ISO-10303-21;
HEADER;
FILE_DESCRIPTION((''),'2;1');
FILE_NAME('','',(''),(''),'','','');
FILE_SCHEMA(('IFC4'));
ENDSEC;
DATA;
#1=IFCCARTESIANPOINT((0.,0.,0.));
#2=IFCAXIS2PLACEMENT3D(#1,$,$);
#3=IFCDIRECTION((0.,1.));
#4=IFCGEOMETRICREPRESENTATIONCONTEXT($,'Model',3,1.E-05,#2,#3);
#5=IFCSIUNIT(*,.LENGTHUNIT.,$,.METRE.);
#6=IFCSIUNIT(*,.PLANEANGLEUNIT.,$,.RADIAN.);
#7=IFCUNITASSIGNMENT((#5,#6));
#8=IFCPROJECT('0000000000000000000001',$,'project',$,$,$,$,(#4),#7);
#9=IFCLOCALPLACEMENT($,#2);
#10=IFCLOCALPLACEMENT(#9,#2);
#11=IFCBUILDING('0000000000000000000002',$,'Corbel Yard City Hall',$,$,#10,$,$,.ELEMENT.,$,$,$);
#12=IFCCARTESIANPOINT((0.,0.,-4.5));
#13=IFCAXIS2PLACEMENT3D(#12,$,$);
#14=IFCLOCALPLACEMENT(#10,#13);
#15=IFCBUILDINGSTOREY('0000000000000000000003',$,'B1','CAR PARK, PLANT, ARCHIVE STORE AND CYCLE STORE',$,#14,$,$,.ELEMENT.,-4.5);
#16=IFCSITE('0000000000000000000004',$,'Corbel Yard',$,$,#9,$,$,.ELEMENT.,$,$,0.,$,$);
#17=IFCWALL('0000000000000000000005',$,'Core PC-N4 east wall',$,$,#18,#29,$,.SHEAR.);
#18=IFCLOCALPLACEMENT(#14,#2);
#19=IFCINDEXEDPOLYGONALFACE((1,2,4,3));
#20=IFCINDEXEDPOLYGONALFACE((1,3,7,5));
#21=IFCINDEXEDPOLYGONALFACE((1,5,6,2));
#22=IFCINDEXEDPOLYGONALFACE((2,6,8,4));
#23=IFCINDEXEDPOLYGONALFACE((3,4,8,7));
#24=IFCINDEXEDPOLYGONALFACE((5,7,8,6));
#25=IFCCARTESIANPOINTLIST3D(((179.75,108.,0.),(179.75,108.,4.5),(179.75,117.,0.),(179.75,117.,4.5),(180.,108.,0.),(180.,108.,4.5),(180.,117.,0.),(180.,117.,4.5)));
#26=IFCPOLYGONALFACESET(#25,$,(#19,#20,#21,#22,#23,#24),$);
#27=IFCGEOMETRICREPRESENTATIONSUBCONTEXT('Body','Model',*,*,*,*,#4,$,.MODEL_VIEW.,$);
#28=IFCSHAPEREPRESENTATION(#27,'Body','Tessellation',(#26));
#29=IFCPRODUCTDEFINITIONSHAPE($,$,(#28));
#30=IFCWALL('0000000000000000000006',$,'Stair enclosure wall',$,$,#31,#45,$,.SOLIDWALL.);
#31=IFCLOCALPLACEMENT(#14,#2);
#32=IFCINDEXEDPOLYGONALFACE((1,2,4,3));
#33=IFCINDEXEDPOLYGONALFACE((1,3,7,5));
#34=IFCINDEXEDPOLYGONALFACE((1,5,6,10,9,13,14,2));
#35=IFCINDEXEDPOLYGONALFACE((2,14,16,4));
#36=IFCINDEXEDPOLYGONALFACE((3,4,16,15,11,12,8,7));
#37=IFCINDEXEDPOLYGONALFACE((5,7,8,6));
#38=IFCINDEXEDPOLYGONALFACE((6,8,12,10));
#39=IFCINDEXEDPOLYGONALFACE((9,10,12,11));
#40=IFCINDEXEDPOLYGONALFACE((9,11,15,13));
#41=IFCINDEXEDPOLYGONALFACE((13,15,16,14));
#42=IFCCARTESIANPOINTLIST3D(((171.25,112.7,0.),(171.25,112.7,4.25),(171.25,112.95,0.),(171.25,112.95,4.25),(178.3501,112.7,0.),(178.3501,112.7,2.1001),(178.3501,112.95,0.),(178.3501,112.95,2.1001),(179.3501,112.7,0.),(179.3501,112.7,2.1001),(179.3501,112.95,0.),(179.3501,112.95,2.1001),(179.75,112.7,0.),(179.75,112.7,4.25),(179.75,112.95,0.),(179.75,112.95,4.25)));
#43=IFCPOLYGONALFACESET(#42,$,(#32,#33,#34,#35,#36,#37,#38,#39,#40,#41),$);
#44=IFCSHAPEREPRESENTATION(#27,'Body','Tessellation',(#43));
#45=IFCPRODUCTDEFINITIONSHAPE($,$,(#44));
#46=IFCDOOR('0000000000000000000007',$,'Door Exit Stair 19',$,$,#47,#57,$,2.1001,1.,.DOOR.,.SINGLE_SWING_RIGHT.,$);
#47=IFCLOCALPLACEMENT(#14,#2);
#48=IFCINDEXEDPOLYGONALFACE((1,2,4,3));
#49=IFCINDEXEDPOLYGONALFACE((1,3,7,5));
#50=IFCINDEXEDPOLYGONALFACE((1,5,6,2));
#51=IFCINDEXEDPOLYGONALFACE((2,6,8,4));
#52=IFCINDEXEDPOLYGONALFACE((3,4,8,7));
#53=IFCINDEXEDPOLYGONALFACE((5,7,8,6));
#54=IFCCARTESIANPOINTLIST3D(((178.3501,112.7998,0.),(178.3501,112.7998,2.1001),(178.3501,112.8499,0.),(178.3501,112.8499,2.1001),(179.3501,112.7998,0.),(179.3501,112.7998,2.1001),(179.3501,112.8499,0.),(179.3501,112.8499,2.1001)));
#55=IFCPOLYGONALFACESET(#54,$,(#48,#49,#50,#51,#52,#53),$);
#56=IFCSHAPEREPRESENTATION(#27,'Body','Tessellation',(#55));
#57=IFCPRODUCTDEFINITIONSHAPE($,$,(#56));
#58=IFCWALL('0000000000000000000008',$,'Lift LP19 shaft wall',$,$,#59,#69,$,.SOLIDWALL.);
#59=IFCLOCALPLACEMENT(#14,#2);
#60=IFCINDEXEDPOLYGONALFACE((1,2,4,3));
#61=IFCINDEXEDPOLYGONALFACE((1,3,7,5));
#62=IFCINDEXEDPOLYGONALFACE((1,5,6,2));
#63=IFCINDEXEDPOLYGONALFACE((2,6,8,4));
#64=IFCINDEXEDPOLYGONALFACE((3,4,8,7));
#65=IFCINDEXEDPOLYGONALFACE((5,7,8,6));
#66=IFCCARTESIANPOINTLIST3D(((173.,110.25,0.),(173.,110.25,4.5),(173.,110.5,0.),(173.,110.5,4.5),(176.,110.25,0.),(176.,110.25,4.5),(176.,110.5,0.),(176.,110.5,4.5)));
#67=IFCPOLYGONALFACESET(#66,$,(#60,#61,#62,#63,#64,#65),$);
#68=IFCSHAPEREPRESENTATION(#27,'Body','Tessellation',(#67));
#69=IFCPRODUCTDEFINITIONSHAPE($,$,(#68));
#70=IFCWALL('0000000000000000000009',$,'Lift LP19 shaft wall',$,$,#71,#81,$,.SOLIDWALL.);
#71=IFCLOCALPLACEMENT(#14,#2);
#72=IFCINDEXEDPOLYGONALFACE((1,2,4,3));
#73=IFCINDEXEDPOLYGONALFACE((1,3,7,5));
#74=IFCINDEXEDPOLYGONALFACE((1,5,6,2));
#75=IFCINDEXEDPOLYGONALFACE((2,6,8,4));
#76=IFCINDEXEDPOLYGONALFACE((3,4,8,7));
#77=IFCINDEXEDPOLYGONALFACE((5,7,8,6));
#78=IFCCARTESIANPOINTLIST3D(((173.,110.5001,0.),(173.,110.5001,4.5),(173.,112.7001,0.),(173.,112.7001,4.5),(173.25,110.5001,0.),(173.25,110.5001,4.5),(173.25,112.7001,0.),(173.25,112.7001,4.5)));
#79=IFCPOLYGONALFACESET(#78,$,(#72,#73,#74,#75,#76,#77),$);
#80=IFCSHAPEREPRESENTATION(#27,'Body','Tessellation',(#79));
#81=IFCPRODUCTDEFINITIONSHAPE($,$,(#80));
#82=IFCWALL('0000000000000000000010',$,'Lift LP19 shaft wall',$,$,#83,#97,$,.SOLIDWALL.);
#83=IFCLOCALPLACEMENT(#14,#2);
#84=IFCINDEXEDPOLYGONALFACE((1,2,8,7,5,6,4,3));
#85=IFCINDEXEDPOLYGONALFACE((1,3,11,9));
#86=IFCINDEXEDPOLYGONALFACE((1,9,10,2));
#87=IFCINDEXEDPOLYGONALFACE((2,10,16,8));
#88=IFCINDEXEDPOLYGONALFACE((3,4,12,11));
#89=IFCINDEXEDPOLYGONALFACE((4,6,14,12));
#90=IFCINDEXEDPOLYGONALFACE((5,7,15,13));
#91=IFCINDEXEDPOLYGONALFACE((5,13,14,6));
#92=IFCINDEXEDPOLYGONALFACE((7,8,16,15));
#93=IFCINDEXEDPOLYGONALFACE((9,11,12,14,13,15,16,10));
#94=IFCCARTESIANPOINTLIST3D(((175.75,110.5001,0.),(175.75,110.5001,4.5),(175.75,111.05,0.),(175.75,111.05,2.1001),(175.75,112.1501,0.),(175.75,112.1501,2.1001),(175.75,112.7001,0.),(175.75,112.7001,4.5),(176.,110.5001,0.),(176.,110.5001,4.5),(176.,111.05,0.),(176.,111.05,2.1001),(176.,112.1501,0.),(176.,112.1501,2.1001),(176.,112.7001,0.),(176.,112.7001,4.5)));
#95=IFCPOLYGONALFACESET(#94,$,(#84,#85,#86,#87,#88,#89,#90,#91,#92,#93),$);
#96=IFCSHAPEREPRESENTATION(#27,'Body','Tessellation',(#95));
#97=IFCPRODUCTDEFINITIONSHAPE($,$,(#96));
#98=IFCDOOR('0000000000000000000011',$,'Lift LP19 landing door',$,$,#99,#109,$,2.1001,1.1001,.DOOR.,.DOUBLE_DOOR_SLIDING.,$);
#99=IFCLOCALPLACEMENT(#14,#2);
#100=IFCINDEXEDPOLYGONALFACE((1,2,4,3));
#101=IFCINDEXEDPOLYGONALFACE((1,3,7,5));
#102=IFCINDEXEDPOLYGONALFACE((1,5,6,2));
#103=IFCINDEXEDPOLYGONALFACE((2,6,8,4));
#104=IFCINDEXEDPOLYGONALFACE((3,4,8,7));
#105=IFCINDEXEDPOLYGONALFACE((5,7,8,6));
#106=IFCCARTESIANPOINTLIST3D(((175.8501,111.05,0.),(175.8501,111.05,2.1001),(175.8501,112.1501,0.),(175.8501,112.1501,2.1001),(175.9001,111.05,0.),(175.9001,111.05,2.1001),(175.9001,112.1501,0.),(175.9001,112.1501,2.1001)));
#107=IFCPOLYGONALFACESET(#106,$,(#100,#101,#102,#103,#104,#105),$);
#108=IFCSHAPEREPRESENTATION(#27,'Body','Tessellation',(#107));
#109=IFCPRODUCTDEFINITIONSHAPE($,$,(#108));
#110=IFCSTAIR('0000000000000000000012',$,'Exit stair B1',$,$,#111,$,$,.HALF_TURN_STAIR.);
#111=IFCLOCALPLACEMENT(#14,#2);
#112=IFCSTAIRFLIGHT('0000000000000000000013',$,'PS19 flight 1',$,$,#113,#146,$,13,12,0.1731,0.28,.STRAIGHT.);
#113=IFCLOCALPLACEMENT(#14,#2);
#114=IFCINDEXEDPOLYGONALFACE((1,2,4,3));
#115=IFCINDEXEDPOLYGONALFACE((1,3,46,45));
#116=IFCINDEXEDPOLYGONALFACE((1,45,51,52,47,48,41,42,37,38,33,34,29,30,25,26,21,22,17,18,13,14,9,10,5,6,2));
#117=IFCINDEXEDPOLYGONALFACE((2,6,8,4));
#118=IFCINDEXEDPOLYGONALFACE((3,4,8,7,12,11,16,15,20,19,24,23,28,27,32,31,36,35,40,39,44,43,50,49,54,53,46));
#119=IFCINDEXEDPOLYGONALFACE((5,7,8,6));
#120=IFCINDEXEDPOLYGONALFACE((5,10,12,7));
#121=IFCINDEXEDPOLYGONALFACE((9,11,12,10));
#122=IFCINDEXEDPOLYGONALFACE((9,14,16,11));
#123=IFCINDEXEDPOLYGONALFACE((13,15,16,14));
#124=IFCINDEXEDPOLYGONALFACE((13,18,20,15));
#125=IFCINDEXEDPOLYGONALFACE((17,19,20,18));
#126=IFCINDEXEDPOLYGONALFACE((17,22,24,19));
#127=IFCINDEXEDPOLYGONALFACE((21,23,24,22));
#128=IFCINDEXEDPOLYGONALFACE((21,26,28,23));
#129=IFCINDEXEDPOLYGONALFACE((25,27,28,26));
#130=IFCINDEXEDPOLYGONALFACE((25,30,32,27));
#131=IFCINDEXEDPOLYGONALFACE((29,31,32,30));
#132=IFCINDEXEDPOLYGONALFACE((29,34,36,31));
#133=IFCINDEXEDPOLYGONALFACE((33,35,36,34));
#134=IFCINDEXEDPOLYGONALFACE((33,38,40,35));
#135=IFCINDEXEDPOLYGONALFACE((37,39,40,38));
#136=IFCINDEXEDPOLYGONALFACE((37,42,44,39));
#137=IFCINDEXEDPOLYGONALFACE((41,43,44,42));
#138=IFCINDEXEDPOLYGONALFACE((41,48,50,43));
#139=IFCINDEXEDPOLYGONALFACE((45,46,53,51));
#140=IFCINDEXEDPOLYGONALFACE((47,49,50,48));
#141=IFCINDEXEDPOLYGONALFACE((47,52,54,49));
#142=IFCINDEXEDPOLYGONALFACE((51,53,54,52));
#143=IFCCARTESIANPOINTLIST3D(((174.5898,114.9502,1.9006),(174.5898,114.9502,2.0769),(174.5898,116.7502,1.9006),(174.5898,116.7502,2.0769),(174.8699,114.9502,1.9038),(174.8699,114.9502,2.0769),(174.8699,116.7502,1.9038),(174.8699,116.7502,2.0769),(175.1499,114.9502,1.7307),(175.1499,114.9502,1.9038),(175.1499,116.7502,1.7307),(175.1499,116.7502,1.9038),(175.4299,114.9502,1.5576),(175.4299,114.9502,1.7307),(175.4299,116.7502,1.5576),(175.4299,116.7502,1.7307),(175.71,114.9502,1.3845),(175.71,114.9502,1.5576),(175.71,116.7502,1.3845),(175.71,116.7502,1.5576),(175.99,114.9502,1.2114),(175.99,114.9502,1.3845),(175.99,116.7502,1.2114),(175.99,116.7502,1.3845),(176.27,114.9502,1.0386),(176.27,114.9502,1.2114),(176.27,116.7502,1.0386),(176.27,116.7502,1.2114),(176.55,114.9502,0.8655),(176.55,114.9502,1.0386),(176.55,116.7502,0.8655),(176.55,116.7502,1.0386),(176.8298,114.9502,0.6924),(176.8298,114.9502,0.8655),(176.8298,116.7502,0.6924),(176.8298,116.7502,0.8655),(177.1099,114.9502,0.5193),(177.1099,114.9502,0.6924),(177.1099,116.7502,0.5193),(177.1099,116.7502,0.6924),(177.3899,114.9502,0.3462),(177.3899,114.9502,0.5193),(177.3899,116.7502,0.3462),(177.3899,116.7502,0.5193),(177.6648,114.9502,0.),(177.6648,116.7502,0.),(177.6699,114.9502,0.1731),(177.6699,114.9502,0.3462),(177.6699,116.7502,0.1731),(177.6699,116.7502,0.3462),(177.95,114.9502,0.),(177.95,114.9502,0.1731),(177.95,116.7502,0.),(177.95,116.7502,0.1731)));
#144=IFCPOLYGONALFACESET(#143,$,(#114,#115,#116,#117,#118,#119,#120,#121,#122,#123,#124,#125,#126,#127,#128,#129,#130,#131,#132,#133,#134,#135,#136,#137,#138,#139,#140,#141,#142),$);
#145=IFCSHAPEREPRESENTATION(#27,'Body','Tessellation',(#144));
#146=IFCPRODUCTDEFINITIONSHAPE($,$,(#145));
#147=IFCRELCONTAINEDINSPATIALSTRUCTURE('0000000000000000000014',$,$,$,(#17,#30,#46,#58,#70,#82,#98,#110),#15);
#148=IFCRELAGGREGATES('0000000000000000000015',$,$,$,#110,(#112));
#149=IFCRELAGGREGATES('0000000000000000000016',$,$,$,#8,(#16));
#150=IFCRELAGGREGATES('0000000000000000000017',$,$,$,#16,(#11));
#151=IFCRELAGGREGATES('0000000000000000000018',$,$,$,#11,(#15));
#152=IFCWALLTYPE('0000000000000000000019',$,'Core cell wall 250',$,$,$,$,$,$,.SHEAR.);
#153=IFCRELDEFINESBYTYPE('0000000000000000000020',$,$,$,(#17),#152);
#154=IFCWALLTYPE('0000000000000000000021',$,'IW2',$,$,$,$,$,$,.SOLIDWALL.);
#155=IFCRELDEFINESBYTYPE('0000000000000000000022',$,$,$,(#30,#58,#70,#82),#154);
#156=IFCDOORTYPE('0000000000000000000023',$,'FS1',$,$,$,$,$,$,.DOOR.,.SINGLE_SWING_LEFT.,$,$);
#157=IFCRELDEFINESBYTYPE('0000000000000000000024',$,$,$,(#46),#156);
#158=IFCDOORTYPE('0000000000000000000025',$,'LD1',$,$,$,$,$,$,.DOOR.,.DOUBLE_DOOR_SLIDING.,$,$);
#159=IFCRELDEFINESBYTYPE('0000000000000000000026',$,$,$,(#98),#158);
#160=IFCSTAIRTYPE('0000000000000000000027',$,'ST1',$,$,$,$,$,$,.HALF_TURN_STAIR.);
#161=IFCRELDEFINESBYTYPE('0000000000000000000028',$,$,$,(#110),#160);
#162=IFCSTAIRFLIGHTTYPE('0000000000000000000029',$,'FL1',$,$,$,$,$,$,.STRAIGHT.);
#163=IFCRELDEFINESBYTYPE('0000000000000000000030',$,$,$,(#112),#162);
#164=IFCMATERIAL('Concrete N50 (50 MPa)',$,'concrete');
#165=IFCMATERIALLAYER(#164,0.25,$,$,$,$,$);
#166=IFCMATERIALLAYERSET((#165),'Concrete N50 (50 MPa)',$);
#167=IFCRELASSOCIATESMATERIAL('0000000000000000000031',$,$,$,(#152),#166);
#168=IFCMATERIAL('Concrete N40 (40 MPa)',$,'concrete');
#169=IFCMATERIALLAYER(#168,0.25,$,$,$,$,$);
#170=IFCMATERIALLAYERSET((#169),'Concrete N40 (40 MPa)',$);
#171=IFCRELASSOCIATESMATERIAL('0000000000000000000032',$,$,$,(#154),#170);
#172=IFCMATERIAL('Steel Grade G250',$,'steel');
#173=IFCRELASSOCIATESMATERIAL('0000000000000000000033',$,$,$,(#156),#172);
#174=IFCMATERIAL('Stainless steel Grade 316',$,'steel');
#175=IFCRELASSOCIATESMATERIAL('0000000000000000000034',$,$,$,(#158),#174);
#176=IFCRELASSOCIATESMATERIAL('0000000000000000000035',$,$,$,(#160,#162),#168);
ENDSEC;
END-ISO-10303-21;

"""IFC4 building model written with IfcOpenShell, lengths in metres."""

from ifc_helpers import new_model, si_unit, direction, frame, frame_2d, origin, place, context, subcontext, project, spatial, polyline, rectangle, outline, extrude, material, layer, layer_set, type_object, element, fill, aggregate, save


model = new_model("IFC4")

# Units and contexts
model_context = context("Model", 3, precision=1e-05, world=origin(), true_north=direction((0.0, 1.0)))
body_context = subcontext(model_context, "Body", "Model", "MODEL_VIEW")
ifc_project = project(units=[si_unit("LENGTHUNIT", "METRE"), si_unit("PLANEANGLEUNIT", "RADIAN")], contexts=[model_context])

# Site, building, storey
site_placement = place(None, origin())
site = spatial("IfcSite", under=ifc_project, at=site_placement, Name="Corbel Yard", CompositionType="ELEMENT", RefElevation=0.0)
building_placement = place(site_placement, origin())
building = spatial("IfcBuilding", under=site, at=building_placement, Name="Corbel Yard City Hall", CompositionType="ELEMENT")
storey_placement = place(building_placement, frame((0.0, 0.0, -4.5)))
storey = spatial("IfcBuildingStorey", under=building, at=storey_placement, Name="B1", Description="CAR PARK, PLANT, ARCHIVE STORE AND CYCLE STORE", CompositionType="ELEMENT", Elevation=-4.5)

# Shared definitions
ifc_material_1 = material(Name="Concrete N40 (40 MPa)", Category="concrete")

# Wall
ifc_material_2 = material(Name="Concrete N50 (50 MPa)", Category="concrete")
ifc_layer_1 = layer(ifc_material_2, 0.25)
ifc_layer_set_1 = layer_set([ifc_layer_1], Name="Concrete N50 (50 MPa)")
wall_type_1 = type_object("IfcWallType", Name="Core cell wall 250", PredefinedType="SHEAR", material=ifc_layer_set_1)
wall_1_placement = place(storey_placement, frame((179.875, 108.0, 0.0), z_axis=(0.0, 0.0, 1.0), x_axis=(0.0, 1.0, 0.0)))
element("IfcWall", 1, at=wall_1_placement, inside=storey, type_object=wall_type_1, Name="Core PC-N4 east wall", PredefinedType="SHEAR", context=body_context, shape_type="SweptSolid", body=[
    extrude(rectangle(XDim=9.0, YDim=0.25, at=frame_2d((4.5, 0.0))), origin(), (0.0, 0.0, 1.0), 4.5),
])

# Wall, opening, door
ifc_layer_2 = layer(ifc_material_1, 0.25)
ifc_layer_set_2 = layer_set([ifc_layer_2], Name="Concrete N40 (40 MPa)")
wall_type_2 = type_object("IfcWallType", Name="IW2", PredefinedType="SOLIDWALL", material=ifc_layer_set_2)
wall_2_placement = place(storey_placement, frame((179.75, 112.825, 0.0), z_axis=(0.0, 0.0, 1.0), x_axis=(-1.0, 0.0, 0.0)))
wall_2 = element("IfcWall", 2, at=wall_2_placement, inside=storey, type_object=wall_type_2, Name="Stair enclosure wall", PredefinedType="SOLIDWALL", context=body_context, shape_type="SweptSolid", body=[
    extrude(rectangle(XDim=8.5, YDim=0.25, at=frame_2d((4.25, 0.0))), origin(), (0.0, 0.0, 1.0), 4.25),
])
opening_1_placement = place(wall_2_placement, frame((0.3999, 0.0, 0.0)))
opening_1 = element("IfcOpeningElement", 3, at=opening_1_placement, cuts=wall_2, PredefinedType="OPENING", context=body_context, shape_type="SweptSolid", body=[
    extrude(rectangle(XDim=1.0, YDim=2.1001, at=frame_2d((0.5, 1.05))), frame((0.0, 0.135, 0.0), z_axis=(0.0, -1.0, 0.0), x_axis=(1.0, 0.0, 0.0)), (0.0, 0.0, 1.0), 0.27),
])
ifc_material_3 = material(Name="Steel Grade G250", Category="steel")
door_type_1 = type_object("IfcDoorType", Name="FS1", OperationType="SINGLE_SWING_LEFT", PredefinedType="DOOR", material=ifc_material_3)
door_1_placement = place(opening_1_placement, frame((1.0, 0.0, 0.0), z_axis=(0.0, 0.0, 1.0), x_axis=(-1.0, 0.0, 0.0)))
door_1 = element("IfcDoor", 4, at=door_1_placement, inside=storey, type_object=door_type_1, Name="Door Exit Stair 19", OperationType="SINGLE_SWING_RIGHT", OverallHeight=2.1001, OverallWidth=1.0, PredefinedType="DOOR", context=body_context, shape_type="SweptSolid", body=[
    extrude(rectangle(XDim=1.0, YDim=2.1001, at=frame_2d((0.5, 1.05))), frame((0.0, 0.0249, 0.0), z_axis=(0.0, -1.0, 0.0), x_axis=(1.0, 0.0, 0.0)), (0.0, 0.0, 1.0), 0.05),
])
fill(opening_1, door_1)

# Walls
wall_3_placement = place(storey_placement, frame((173.0, 110.375, 0.0), z_axis=(0.0, 0.0, 1.0), x_axis=(1.0, 0.0, 0.0)))
element("IfcWall", 5, at=wall_3_placement, inside=storey, type_object=wall_type_2, Name="Lift LP19 shaft wall", PredefinedType="SOLIDWALL", context=body_context, shape_type="SweptSolid", body=[
    extrude(rectangle(XDim=3.0, YDim=0.25, at=frame_2d((1.5, 0.0))), origin(), (0.0, 0.0, 1.0), 4.5),
])
wall_4_placement = place(storey_placement, frame((173.125, 110.5, 0.0), z_axis=(0.0, 0.0, 1.0), x_axis=(0.0, 1.0, 0.0)))
element("IfcWall", 6, at=wall_4_placement, inside=storey, type_object=wall_type_2, Name="Lift LP19 shaft wall", PredefinedType="SOLIDWALL", context=body_context, shape_type="SweptSolid", body=[
    extrude(rectangle(XDim=2.2, YDim=0.25, at=frame_2d((1.1001, 0.0))), origin(), (0.0, 0.0, 1.0), 4.5),
])

# Wall, opening, door
wall_5_placement = place(storey_placement, frame((175.875, 110.5, 0.0), z_axis=(0.0, 0.0, 1.0), x_axis=(0.0, 1.0, 0.0)))
wall_5 = element("IfcWall", 7, at=wall_5_placement, inside=storey, type_object=wall_type_2, Name="Lift LP19 shaft wall", PredefinedType="SOLIDWALL", context=body_context, shape_type="SweptSolid", body=[
    extrude(rectangle(XDim=2.2, YDim=0.25, at=frame_2d((1.1001, 0.0))), origin(), (0.0, 0.0, 1.0), 4.5),
])
opening_2_placement = place(wall_5_placement, frame((0.55, 0.0, 0.0)))
opening_2 = element("IfcOpeningElement", 8, at=opening_2_placement, cuts=wall_5, PredefinedType="OPENING", context=body_context, shape_type="SweptSolid", body=[
    extrude(rectangle(XDim=1.1001, YDim=2.1001, at=frame_2d((0.55, 1.05))), frame((0.0, 0.135, 0.0), z_axis=(0.0, -1.0, 0.0), x_axis=(1.0, 0.0, 0.0)), (0.0, 0.0, 1.0), 0.27),
])
ifc_material_4 = material(Name="Stainless steel Grade 316", Category="steel")
door_type_2 = type_object("IfcDoorType", Name="LD1", OperationType="DOUBLE_DOOR_SLIDING", PredefinedType="DOOR", material=ifc_material_4)
door_2_placement = place(opening_2_placement, origin())
door_2 = element("IfcDoor", 9, at=door_2_placement, inside=storey, type_object=door_type_2, Name="Lift LP19 landing door", OperationType="DOUBLE_DOOR_SLIDING", OverallHeight=2.1001, OverallWidth=1.1001, PredefinedType="DOOR", context=body_context, shape_type="SweptSolid", body=[
    extrude(rectangle(XDim=1.1001, YDim=2.1001, at=frame_2d((0.55, 1.05))), frame((0.0, 0.0249, 0.0), z_axis=(0.0, -1.0, 0.0), x_axis=(1.0, 0.0, 0.0)), (0.0, 0.0, 1.0), 0.05),
])
fill(opening_2, door_2)

# Stair, stair flight
stair_type = type_object("IfcStairType", Name="ST1", PredefinedType="HALF_TURN_STAIR", material=ifc_material_1)
stair_placement = place(storey_placement, origin())
stair = element("IfcStair", 10, at=stair_placement, inside=storey, type_object=stair_type, Name="Exit stair B1", PredefinedType="HALF_TURN_STAIR")
stair_flight_type = type_object("IfcStairFlightType", Name="FL1", PredefinedType="STRAIGHT", material=ifc_material_1)
stair_flight_1_placement = place(storey_placement, frame((177.95, 115.8501, 0.0), z_axis=(0.0, 0.0, 1.0), x_axis=(-1.0, 0.0, 0.0)))
stair_flight_1 = element("IfcStairFlight", 11, at=stair_flight_1_placement, type_object=stair_flight_type, Name="PS19 flight 1", NumberOfRisers=13, NumberOfTreads=12, PredefinedType="STRAIGHT", RiserHeight=0.1731, TreadLength=0.28, context=body_context, shape_type="SweptSolid", body=[
    extrude(outline(polyline([(0.0, 0.0), (0.0, 0.1731), (0.28, 0.1731), (0.28, 0.3462), (0.5601, 0.3462), (0.5601, 0.5193), (0.8401, 0.5193), (0.8401, 0.6924), (1.1201, 0.6924), (1.1201, 0.8655), (1.3999, 0.8655), (1.3999, 1.0386), (1.6799, 1.0386), (1.6799, 1.2114), (1.96, 1.2114), (1.96, 1.3845), (2.24, 1.3845), (2.24, 1.5576), (2.52, 1.5576), (2.52, 1.7307), (2.8, 1.7307), (2.8, 1.9038), (3.0801, 1.9038), (3.0801, 2.0769), (3.3601, 2.0769), (3.3601, 2.25), (3.3601, 1.9006), (0.2852, 0.0), (0.0, 0.0)])), frame((0.0, 0.8999, 0.0), z_axis=(0.0, -1.0, 0.0), x_axis=(1.0, 0.0, 0.0)), (0.0, 0.0, 1.0), 1.8),
])
aggregate(stair, [stair_flight_1])

save(model, "model.ifc")
